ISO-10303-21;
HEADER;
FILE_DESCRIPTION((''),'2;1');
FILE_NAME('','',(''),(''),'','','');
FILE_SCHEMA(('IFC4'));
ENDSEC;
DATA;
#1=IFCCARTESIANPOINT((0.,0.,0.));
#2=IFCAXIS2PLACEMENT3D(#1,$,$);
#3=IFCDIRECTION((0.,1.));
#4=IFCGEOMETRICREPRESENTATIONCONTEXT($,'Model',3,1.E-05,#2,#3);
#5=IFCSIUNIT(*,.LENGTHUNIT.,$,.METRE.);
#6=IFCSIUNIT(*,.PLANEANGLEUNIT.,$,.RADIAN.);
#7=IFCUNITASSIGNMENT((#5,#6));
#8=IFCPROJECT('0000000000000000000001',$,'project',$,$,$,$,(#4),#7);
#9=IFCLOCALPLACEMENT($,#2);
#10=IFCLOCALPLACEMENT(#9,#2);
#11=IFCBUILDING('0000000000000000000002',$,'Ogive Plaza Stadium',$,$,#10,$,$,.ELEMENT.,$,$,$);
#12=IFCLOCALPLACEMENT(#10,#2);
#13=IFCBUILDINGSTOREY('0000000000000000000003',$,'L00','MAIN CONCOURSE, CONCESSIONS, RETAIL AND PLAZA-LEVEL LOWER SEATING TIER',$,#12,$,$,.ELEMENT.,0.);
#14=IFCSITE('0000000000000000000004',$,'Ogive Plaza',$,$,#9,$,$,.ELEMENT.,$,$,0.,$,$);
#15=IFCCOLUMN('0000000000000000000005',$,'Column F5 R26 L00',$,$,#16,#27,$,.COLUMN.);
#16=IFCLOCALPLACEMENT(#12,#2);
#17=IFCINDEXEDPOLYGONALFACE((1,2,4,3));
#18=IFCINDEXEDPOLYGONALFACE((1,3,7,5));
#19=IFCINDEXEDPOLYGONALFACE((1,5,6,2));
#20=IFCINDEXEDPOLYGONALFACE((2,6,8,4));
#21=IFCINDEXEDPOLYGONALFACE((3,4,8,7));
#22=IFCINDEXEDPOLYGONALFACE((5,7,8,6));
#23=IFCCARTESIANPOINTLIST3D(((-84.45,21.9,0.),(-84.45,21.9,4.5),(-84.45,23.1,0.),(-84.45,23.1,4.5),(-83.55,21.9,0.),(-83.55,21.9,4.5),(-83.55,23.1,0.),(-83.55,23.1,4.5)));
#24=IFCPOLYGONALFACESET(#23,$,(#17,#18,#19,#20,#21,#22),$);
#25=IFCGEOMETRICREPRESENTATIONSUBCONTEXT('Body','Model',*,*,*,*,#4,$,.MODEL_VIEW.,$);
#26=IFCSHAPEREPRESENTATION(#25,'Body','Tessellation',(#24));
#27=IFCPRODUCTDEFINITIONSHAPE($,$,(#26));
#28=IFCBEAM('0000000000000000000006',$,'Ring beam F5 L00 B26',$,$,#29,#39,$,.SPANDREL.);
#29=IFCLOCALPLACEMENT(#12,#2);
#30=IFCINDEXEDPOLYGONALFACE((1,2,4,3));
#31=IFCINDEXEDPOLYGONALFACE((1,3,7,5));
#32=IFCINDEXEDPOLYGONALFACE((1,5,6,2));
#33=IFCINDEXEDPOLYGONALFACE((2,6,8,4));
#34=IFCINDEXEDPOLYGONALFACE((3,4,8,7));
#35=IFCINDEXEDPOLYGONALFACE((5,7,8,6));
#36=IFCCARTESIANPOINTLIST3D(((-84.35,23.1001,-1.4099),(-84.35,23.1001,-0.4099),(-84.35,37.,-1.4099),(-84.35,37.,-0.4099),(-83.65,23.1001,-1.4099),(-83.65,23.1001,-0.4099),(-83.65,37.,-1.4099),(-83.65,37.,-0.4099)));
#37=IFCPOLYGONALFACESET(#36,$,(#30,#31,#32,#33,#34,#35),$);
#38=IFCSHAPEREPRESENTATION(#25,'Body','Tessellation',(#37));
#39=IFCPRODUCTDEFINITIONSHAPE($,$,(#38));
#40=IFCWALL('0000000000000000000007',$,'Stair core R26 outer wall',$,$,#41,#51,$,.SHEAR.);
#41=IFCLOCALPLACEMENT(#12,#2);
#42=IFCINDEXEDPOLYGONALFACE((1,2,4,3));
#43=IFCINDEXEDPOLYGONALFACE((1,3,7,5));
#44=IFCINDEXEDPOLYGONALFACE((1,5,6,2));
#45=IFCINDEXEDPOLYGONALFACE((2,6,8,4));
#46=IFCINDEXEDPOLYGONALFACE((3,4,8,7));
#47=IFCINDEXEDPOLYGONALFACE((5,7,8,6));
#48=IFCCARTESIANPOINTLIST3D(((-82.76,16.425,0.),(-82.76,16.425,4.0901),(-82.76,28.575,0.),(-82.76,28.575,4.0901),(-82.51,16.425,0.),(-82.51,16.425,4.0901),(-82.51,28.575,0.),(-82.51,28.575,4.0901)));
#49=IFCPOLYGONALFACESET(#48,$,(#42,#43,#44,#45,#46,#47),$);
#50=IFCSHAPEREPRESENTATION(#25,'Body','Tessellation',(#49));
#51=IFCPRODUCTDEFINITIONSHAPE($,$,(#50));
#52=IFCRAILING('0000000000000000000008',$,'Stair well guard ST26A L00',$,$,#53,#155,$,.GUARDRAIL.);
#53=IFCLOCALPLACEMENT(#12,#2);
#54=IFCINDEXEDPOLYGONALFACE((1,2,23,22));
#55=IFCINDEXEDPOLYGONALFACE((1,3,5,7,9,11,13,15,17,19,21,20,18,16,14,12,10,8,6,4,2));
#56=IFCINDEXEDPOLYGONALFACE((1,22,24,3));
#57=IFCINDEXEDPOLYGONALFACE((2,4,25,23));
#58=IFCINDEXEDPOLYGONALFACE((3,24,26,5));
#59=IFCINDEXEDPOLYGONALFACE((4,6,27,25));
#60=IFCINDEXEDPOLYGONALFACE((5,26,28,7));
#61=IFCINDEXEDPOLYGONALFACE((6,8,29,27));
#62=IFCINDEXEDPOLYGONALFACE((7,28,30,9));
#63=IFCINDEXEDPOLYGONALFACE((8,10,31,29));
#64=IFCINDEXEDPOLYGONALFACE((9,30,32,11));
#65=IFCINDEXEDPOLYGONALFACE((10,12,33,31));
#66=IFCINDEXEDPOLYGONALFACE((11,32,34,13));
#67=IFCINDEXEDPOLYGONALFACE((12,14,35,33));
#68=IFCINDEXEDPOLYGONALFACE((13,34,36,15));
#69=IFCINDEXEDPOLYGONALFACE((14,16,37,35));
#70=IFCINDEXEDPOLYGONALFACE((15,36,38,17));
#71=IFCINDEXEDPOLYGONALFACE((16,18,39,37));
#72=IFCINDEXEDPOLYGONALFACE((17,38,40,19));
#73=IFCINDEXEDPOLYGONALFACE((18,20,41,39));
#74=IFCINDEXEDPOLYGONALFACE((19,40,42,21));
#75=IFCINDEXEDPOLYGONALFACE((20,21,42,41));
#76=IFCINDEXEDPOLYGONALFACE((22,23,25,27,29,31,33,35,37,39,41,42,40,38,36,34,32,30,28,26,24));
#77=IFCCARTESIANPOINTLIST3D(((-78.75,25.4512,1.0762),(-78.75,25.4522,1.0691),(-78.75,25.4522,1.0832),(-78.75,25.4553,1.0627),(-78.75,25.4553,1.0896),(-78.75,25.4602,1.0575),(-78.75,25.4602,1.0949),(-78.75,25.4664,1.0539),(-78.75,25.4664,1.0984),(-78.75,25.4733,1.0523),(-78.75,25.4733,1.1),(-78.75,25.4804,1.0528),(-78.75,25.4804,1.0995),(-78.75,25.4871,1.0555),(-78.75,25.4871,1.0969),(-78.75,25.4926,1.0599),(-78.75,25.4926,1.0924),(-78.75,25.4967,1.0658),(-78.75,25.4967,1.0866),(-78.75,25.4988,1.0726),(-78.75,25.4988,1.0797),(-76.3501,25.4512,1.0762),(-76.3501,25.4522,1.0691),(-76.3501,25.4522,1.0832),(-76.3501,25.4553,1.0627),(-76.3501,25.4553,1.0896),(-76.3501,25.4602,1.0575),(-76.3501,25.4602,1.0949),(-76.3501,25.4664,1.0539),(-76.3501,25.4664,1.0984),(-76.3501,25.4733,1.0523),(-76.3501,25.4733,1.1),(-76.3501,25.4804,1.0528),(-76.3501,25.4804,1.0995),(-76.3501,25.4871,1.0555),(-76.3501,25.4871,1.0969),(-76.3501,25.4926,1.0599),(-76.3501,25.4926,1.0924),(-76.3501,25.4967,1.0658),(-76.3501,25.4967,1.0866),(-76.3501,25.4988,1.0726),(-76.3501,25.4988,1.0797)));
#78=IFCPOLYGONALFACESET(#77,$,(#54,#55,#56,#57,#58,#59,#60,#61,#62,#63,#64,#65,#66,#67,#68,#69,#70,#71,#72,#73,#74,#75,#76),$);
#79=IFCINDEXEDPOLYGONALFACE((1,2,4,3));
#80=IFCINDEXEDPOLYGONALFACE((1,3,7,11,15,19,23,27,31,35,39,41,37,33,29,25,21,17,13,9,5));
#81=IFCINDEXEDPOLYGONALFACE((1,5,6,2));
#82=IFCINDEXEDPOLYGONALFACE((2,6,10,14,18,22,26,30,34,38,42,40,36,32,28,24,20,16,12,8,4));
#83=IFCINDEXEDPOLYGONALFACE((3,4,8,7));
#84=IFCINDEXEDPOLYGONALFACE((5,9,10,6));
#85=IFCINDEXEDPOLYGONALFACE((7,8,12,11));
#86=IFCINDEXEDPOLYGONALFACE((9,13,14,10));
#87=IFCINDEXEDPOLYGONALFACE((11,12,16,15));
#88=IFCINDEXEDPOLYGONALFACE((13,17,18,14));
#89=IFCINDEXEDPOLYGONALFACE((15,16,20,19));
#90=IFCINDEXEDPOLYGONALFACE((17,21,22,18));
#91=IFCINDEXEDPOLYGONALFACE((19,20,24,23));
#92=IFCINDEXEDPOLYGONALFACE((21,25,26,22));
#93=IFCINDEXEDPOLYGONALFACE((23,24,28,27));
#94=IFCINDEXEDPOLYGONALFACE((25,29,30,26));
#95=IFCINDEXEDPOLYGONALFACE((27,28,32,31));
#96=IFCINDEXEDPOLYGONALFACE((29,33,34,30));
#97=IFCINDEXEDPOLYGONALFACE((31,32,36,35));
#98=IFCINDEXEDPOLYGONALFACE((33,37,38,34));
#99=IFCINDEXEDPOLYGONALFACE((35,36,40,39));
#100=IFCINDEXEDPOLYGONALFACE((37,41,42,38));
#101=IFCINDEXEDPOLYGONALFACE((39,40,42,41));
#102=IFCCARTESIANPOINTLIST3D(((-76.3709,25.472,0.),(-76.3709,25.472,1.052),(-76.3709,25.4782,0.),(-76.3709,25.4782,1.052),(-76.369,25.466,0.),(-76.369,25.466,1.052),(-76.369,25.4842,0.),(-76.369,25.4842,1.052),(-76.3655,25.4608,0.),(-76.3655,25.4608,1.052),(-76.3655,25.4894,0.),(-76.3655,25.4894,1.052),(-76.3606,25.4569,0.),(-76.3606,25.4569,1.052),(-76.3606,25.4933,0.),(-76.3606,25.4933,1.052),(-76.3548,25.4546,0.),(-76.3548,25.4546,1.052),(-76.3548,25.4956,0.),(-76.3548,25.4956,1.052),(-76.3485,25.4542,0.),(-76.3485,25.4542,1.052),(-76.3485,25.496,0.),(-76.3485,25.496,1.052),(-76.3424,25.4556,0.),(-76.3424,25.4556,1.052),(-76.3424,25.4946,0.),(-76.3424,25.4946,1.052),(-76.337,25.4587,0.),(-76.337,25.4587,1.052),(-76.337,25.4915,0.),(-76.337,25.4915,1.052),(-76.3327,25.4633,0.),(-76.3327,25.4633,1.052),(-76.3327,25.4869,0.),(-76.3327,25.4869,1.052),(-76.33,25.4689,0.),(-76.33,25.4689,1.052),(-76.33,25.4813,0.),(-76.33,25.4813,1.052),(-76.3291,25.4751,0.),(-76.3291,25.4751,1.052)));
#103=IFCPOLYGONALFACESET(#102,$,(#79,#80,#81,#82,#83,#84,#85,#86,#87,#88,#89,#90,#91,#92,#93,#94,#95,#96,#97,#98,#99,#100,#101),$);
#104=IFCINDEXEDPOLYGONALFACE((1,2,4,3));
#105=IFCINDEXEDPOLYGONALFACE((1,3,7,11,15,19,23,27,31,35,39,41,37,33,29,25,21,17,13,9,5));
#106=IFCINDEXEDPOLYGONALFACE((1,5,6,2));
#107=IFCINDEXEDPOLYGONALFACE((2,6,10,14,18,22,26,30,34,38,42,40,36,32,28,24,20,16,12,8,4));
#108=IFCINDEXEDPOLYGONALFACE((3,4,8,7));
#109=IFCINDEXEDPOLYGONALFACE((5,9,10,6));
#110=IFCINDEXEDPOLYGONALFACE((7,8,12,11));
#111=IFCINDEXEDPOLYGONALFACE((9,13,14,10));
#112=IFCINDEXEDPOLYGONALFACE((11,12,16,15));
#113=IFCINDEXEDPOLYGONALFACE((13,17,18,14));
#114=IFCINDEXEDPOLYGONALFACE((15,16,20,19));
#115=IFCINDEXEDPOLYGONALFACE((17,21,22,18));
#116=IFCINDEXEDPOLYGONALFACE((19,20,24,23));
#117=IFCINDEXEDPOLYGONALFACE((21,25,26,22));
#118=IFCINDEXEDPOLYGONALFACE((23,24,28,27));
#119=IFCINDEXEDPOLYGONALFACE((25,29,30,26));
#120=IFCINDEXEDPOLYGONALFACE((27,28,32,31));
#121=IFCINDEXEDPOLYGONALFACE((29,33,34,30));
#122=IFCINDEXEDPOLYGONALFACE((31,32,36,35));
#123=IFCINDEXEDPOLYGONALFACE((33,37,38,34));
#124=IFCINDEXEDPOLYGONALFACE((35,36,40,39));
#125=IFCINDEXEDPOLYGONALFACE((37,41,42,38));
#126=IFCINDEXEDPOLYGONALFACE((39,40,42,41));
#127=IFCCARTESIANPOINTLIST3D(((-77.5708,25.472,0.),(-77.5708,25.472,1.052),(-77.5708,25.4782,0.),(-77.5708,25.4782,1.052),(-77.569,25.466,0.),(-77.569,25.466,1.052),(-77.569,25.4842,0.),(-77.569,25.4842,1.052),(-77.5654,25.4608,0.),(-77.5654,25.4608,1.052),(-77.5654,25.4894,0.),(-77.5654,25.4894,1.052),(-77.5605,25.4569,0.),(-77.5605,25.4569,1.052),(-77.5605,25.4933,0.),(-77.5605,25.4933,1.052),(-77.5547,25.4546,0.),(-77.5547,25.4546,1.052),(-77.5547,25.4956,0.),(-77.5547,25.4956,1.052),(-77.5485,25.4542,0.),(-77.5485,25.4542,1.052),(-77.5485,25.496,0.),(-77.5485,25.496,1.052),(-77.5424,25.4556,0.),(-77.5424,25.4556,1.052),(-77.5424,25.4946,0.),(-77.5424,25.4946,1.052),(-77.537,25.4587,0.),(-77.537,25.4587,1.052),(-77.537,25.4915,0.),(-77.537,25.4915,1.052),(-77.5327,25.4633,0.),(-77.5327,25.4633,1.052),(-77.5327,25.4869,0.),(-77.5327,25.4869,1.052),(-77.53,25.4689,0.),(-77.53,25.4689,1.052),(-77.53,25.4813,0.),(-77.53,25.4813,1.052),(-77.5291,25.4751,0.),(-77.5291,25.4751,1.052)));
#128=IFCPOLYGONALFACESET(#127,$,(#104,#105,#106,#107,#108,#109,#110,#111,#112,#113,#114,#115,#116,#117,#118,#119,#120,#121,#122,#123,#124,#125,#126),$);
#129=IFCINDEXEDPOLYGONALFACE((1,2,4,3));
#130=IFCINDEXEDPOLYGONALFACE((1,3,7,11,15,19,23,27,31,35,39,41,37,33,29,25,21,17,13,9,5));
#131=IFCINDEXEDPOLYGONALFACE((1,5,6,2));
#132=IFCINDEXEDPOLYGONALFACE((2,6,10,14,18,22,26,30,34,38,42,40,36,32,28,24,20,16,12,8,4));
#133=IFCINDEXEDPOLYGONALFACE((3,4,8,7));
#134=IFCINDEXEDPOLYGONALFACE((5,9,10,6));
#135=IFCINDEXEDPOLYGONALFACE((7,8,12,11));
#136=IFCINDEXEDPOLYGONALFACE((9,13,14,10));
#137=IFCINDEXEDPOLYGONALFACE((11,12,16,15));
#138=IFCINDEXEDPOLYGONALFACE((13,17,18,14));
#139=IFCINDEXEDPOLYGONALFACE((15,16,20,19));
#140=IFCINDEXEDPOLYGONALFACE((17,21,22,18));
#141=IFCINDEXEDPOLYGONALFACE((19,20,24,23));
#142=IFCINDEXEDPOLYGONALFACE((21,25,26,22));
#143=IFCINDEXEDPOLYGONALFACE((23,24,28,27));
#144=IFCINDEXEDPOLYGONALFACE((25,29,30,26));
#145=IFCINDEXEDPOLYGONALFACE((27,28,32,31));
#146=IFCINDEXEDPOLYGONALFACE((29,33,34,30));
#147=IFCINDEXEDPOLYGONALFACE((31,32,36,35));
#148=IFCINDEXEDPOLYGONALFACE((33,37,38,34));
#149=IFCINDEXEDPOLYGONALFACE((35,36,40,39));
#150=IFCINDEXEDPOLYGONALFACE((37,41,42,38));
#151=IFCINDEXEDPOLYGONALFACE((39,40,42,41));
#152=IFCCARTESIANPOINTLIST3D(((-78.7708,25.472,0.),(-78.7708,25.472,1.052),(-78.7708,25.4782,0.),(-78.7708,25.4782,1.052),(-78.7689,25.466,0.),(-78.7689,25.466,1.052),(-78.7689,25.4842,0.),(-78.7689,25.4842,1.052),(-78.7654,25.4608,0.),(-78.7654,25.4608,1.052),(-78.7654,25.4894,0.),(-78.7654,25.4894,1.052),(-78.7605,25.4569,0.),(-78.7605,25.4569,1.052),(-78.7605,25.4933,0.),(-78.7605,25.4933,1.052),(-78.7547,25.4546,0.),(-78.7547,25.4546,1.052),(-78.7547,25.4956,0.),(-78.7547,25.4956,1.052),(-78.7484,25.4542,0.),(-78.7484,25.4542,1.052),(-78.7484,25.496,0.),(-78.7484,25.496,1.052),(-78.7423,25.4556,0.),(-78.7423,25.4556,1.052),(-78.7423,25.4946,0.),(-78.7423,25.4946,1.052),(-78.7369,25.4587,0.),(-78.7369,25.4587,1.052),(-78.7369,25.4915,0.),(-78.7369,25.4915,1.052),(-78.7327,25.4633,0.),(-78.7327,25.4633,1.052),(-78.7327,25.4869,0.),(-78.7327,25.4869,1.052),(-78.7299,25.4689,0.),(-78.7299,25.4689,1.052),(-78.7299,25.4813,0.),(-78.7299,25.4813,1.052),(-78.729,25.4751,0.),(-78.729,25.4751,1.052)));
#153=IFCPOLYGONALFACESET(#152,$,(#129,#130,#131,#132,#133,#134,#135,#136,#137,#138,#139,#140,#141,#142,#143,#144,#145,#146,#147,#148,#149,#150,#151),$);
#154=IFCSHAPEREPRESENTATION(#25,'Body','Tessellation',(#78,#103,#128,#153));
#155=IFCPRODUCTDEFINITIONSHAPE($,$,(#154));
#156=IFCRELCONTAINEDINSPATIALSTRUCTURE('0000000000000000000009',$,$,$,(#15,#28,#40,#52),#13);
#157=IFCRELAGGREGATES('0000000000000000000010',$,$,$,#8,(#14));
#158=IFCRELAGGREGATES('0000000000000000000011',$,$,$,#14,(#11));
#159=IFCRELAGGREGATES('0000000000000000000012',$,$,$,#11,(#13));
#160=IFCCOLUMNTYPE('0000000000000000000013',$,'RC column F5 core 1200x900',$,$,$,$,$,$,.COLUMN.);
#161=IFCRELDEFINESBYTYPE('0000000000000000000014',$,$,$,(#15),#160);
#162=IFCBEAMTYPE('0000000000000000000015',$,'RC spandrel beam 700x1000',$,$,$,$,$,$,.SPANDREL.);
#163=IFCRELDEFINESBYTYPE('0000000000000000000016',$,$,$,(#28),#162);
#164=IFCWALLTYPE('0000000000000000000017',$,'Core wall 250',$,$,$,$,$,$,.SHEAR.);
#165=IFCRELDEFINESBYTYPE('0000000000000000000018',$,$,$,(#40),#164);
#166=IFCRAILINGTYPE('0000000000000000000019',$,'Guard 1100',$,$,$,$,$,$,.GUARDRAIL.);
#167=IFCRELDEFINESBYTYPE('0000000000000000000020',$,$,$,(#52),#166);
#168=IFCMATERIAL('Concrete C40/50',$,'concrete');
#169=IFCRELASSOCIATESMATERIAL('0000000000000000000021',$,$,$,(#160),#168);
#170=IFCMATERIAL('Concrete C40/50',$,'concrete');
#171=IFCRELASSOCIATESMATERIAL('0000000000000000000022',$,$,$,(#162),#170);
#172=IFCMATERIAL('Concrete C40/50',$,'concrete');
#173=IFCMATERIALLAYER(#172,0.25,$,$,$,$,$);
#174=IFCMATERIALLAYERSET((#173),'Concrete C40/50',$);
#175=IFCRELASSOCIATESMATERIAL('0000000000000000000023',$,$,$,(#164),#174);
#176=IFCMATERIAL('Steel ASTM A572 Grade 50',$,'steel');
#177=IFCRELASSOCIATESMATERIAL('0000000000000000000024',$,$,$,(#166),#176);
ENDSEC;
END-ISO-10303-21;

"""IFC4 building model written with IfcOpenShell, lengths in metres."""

from ifc_helpers import new_model, si_unit, direction, frame, frame_2d, origin, origin_2d, place, context, subcontext, project, spatial, rectangle, circle, extrude, material, layer, layer_set, material_profile, profile_set, type_object, element, save


model = new_model("IFC4")

# Units and contexts
model_context = context("Model", 3, precision=1e-05, world=origin(), true_north=direction((0.0, 1.0)))
body_context = subcontext(model_context, "Body", "Model", "MODEL_VIEW")
ifc_project = project(units=[si_unit("LENGTHUNIT", "METRE"), si_unit("PLANEANGLEUNIT", "RADIAN")], contexts=[model_context])

# Site, building, storey
site_placement = place(None, origin())
site = spatial("IfcSite", under=ifc_project, at=site_placement, Name="Ogive Plaza", CompositionType="ELEMENT", RefElevation=0.0)
building_placement = place(site_placement, origin())
building = spatial("IfcBuilding", under=site, at=building_placement, Name="Ogive Plaza Stadium", CompositionType="ELEMENT")
storey_placement = place(building_placement, origin())
storey = spatial("IfcBuildingStorey", under=building, at=storey_placement, Name="L00", Description="MAIN CONCOURSE, CONCESSIONS, RETAIL AND PLAZA-LEVEL LOWER SEATING TIER", CompositionType="ELEMENT", Elevation=0.0)

# Column
ifc_material_1 = material(Name="Concrete C40/50", Category="concrete")
ifc_material_profile_1 = material_profile(ifc_material_1, rectangle(XDim=1.2, YDim=0.8999, at=origin_2d()), Name="RC 1200x900")
ifc_profile_set_1 = profile_set([ifc_material_profile_1], Name="Concrete C40/50")
column_type = type_object("IfcColumnType", Name="RC column F5 core 1200x900", PredefinedType="COLUMN", material=ifc_profile_set_1)
column_placement = place(storey_placement, frame((-84.0, 22.5, 0.0), z_axis=(0.0, 0.0, 1.0), x_axis=(0.0, -1.0, 0.0)))
element("IfcColumn", 1, at=column_placement, inside=storey, type_object=column_type, Name="Column F5 R26 L00", PredefinedType="COLUMN", context=body_context, shape_type="SweptSolid", body=[
    extrude(rectangle(XDim=1.2, YDim=0.8999, at=origin_2d()), origin(), (0.0, 0.0, 1.0), 4.5),
])

# Beam
ifc_material_2 = material(Name="Concrete C40/50", Category="concrete")
ifc_material_profile_2 = material_profile(ifc_material_2, rectangle(XDim=0.7, YDim=1.0, at=origin_2d()), Name="RC 700x1000")
ifc_profile_set_2 = profile_set([ifc_material_profile_2], Name="Concrete C40/50")
beam_type = type_object("IfcBeamType", Name="RC spandrel beam 700x1000", PredefinedType="SPANDREL", material=ifc_profile_set_2)
beam_placement = place(storey_placement, frame((-84.0, 23.1001, -0.9099), z_axis=(0.0, 1.0, 0.0), x_axis=(-1.0, 0.0, 0.0)))
element("IfcBeam", 2, at=beam_placement, inside=storey, type_object=beam_type, Name="Ring beam F5 L00 B26", PredefinedType="SPANDREL", context=body_context, shape_type="SweptSolid", body=[
    extrude(rectangle(XDim=0.7, YDim=1.0, at=origin_2d()), origin(), (0.0, 0.0, 1.0), 13.8999),
])

# Wall
ifc_material_3 = material(Name="Concrete C40/50", Category="concrete")
ifc_layer_1 = layer(ifc_material_3, 0.25)
ifc_layer_set_1 = layer_set([ifc_layer_1], Name="Concrete C40/50")
wall_type_1 = type_object("IfcWallType", Name="Core wall 250", PredefinedType="SHEAR", material=ifc_layer_set_1)
wall_1_placement = place(storey_placement, frame((-82.635, 28.575, 0.0), z_axis=(0.0, 0.0, 1.0), x_axis=(0.0, -1.0, 0.0)))
element("IfcWall", 3, at=wall_1_placement, inside=storey, type_object=wall_type_1, Name="Stair core R26 outer wall", PredefinedType="SHEAR", context=body_context, shape_type="SweptSolid", body=[
    extrude(rectangle(XDim=12.1499, YDim=0.25, at=frame_2d((6.075, 0.0))), origin(), (0.0, 0.0, 1.0), 4.0901),
])

# Railing
ifc_material_4 = material(Name="Steel ASTM A572 Grade 50", Category="steel")
railing_type_1 = type_object("IfcRailingType", Name="Guard 1100", PredefinedType="GUARDRAIL", material=ifc_material_4)
for number, where, name in (
    (4, (-76.3501, 25.4751, 0.0), "Stair well guard ST26A L00"),
):
    element("IfcRailing", number, at=place(storey_placement, frame(where)), inside=storey, type_object=railing_type_1, Name=name, PredefinedType="GUARDRAIL", context=body_context, shape_type="SweptSolid", body=[
        extrude(circle(Radius=0.0239, at=origin_2d()), frame((0.0, 0.0, 1.0762), z_axis=(-1.0, 0.0, 0.0), x_axis=(0.0, -1.0, 0.0)), (0.0, 0.0, 1.0), 2.3999),
        extrude(circle(Radius=0.021, at=origin_2d()), origin(), (0.0, 0.0, 1.0), 1.052),
        extrude(circle(Radius=0.021, at=origin_2d()), frame((-1.2, 0.0, 0.0)), (0.0, 0.0, 1.0), 1.052),
        extrude(circle(Radius=0.021, at=origin_2d()), frame((-2.3999, 0.0, 0.0)), (0.0, 0.0, 1.0), 1.052),
    ])

save(model, "model.ifc")
